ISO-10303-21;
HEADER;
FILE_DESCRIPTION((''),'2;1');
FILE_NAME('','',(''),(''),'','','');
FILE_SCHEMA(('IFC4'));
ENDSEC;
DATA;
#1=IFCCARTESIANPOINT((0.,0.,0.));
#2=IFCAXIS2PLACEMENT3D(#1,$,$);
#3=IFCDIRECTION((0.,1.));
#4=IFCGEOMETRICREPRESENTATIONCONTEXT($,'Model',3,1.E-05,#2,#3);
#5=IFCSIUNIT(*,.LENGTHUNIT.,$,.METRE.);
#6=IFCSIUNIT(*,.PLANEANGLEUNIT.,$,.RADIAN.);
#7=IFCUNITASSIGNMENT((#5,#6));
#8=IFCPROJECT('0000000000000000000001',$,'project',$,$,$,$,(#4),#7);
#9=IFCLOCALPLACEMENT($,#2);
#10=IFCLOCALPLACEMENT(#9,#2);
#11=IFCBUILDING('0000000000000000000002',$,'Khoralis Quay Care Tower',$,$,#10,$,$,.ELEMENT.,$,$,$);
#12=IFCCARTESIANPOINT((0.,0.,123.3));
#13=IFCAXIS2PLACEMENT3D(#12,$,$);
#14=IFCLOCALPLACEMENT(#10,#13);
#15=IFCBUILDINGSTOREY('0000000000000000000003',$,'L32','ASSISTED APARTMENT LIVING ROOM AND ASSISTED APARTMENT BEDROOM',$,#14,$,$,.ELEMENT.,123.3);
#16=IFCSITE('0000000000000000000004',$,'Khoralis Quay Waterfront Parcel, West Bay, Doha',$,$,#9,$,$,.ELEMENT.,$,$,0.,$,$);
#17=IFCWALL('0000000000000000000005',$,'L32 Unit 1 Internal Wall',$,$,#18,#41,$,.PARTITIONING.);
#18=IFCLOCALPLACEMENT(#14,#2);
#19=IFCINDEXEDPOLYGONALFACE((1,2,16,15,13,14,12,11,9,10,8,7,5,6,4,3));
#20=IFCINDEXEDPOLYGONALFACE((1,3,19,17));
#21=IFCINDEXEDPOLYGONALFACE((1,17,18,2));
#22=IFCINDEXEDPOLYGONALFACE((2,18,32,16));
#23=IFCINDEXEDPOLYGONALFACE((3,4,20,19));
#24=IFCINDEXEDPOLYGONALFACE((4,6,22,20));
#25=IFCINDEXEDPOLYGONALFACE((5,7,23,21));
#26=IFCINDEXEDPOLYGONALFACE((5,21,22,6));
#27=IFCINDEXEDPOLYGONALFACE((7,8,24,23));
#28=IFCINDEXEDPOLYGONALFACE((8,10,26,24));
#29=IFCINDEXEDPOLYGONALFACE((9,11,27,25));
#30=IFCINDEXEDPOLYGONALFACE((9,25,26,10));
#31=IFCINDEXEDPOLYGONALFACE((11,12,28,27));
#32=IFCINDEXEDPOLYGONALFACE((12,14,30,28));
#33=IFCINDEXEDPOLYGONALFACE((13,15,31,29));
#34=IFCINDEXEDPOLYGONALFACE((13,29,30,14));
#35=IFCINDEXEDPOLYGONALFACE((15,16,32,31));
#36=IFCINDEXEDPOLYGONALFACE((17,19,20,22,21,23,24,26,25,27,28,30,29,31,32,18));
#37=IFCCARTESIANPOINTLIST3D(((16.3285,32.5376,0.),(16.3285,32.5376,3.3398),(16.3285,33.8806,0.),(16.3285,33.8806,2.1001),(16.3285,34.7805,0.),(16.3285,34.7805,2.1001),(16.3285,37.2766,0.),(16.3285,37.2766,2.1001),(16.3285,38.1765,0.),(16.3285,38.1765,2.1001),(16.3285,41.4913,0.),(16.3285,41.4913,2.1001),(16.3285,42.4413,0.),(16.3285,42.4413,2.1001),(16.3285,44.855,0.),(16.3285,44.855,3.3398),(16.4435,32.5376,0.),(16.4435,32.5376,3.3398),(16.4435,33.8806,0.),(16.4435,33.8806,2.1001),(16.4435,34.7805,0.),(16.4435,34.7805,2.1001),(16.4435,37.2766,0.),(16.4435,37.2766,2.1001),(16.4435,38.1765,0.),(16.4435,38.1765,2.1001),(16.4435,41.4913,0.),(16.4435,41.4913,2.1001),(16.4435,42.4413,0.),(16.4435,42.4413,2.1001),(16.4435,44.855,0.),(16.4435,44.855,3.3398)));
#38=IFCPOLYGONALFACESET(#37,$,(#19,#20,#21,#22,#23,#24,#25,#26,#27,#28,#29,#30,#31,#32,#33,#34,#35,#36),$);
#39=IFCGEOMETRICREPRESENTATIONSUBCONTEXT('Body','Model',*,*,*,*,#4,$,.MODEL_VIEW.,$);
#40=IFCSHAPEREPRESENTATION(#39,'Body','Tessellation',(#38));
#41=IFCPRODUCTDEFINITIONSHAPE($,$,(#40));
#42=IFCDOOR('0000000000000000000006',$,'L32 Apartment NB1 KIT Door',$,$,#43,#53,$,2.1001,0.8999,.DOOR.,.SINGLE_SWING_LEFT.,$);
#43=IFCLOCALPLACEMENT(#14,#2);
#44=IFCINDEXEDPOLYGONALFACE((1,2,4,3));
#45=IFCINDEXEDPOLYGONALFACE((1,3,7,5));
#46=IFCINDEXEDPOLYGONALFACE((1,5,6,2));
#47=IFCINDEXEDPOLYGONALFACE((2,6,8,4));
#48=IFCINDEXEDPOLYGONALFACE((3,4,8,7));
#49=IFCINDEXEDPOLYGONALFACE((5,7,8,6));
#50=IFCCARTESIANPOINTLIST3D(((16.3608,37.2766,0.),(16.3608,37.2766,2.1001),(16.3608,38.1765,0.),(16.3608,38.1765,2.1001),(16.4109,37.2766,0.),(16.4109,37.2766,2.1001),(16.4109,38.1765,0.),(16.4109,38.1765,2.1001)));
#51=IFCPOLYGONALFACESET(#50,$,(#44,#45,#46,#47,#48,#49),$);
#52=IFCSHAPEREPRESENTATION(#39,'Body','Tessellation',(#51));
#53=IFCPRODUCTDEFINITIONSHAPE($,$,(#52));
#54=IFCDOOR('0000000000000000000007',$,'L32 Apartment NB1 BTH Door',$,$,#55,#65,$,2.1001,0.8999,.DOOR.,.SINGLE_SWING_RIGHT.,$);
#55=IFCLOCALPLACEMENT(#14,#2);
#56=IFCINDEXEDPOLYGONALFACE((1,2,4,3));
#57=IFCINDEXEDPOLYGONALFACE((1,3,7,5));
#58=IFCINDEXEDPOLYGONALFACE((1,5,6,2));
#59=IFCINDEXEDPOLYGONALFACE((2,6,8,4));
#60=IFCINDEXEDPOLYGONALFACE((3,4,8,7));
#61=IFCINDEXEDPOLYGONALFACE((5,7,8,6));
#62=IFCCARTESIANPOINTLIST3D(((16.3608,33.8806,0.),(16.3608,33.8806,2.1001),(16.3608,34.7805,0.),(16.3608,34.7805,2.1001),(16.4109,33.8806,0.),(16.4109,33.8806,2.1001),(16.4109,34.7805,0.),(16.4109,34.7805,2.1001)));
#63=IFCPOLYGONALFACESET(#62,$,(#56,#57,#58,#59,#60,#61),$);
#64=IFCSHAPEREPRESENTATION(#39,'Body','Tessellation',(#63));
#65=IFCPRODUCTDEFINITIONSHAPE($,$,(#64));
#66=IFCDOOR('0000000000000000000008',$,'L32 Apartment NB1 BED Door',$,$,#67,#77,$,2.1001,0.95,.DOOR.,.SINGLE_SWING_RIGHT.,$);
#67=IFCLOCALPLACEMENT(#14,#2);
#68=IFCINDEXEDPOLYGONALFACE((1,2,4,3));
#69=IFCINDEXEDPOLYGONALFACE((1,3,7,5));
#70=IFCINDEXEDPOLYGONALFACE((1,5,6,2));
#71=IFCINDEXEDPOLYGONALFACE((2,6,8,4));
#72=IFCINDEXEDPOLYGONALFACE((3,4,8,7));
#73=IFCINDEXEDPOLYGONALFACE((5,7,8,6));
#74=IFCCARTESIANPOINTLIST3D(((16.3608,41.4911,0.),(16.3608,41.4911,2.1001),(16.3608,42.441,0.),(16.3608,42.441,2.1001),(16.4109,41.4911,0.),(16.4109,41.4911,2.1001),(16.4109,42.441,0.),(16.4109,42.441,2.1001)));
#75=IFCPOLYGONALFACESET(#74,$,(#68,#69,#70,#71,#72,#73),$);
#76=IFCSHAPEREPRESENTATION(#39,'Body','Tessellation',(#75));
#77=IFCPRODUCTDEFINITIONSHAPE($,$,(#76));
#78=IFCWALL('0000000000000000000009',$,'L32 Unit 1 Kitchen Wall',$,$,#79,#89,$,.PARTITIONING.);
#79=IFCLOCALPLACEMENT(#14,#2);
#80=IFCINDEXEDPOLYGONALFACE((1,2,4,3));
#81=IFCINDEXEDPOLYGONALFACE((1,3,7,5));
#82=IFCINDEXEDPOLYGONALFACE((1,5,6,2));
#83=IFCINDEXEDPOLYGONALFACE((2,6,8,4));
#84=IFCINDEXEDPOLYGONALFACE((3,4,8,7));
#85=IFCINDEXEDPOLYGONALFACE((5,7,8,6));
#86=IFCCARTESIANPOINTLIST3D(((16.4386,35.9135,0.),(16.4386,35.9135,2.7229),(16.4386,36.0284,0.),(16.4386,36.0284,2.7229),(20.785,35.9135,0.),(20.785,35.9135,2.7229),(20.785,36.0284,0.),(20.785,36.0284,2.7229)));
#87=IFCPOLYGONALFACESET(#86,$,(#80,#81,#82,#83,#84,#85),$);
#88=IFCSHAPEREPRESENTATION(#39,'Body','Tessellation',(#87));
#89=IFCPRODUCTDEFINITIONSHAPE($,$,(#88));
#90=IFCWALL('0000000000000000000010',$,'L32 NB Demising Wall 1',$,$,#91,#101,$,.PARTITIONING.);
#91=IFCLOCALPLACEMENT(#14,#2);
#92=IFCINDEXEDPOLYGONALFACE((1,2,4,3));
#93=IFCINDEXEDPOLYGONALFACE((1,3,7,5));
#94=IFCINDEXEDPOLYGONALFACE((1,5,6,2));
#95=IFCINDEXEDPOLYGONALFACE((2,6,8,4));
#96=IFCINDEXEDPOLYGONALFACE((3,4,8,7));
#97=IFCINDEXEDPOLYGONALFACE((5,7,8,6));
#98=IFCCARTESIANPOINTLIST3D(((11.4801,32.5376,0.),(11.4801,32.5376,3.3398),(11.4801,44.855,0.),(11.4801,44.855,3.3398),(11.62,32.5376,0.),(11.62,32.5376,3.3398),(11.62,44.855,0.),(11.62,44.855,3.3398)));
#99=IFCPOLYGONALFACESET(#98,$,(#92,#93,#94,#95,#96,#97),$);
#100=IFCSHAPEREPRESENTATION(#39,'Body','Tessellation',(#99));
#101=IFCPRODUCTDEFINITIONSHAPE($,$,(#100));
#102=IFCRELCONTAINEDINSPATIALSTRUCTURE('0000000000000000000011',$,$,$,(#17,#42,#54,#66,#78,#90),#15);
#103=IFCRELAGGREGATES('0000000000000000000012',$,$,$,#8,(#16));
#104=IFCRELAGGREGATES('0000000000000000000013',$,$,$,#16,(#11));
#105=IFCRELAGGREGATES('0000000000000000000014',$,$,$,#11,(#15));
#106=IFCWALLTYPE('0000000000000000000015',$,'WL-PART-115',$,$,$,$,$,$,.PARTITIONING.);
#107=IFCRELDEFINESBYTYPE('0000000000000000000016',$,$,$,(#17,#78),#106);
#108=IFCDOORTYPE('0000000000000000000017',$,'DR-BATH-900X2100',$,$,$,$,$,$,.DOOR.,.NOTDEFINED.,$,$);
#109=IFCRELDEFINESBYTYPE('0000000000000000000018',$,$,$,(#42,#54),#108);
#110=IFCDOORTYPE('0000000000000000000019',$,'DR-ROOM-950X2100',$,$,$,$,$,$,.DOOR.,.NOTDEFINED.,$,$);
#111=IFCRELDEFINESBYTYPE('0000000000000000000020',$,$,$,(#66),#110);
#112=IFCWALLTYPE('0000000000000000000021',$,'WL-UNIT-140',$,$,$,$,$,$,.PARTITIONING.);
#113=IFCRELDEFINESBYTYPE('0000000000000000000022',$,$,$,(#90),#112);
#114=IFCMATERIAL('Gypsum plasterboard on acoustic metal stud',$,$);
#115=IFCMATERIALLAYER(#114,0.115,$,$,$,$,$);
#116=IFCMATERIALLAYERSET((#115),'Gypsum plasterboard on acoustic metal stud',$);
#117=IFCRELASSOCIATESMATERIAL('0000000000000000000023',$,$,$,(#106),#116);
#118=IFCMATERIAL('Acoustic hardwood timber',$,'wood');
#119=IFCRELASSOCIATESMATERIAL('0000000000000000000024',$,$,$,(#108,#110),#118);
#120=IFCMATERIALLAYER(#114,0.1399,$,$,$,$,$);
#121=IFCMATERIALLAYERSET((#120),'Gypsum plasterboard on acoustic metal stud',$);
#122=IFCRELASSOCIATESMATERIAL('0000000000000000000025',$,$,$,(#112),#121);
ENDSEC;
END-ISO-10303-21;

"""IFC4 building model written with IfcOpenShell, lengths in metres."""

from ifc_helpers import new_model, si_unit, direction, frame, frame_2d, origin, place, context, subcontext, project, spatial, rectangle, extrude, source, transform, mapped, material, layer, layer_set, type_object, element, fill, save


model = new_model("IFC4")

# Units and contexts
model_context = context("Model", 3, precision=1e-05, world=origin(), true_north=direction((0.0, 1.0)))
body_context = subcontext(model_context, "Body", "Model", "MODEL_VIEW")
ifc_project = project(units=[si_unit("LENGTHUNIT", "METRE"), si_unit("PLANEANGLEUNIT", "RADIAN")], contexts=[model_context])

# Site, building, storey
site_placement = place(None, origin())
site = spatial("IfcSite", under=ifc_project, at=site_placement, Name="Khoralis Quay Waterfront Parcel, West Bay, Doha", CompositionType="ELEMENT", RefElevation=0.0)
building_placement = place(site_placement, origin())
building = spatial("IfcBuilding", under=site, at=building_placement, Name="Khoralis Quay Care Tower", CompositionType="ELEMENT")
storey_placement = place(building_placement, frame((0.0, 0.0, 123.3)))
storey = spatial("IfcBuildingStorey", under=building, at=storey_placement, Name="L32", Description="ASSISTED APARTMENT LIVING ROOM AND ASSISTED APARTMENT BEDROOM", CompositionType="ELEMENT", Elevation=123.3)

# Shared definitions
ifc_material_1 = material(Name="Gypsum plasterboard on acoustic metal stud")

# Shared definitions
ifc_material_2 = material(Name="Acoustic hardwood timber", Category="wood")

# Shared definitions
ifc_layer_1 = layer(ifc_material_1, 0.115)
ifc_layer_set_1 = layer_set([ifc_layer_1], Name="Gypsum plasterboard on acoustic metal stud")
wall_type_1 = type_object("IfcWallType", Name="WL-PART-115", PredefinedType="PARTITIONING", material=ifc_layer_set_1)

# Wall, openings, doors
wall_1_placement = place(storey_placement, frame((16.386, 32.5376, 0.0), z_axis=(0.0, 0.0, 1.0), x_axis=(0.0, 1.0, 0.0)))
wall_1 = element("IfcWall", 1, at=wall_1_placement, inside=storey, type_object=wall_type_1, Name="L32 Unit 1 Internal Wall", PredefinedType="PARTITIONING", context=body_context, shape_type="SweptSolid", body=[
    extrude(rectangle(XDim=12.3174, YDim=0.115, at=frame_2d((6.1587, 0.0))), origin(), (0.0, 0.0, 1.0), 3.3398),
])
opening_1_placement = place(wall_1_placement, frame((8.9536, 0.0, 0.0)))
opening_1 = element("IfcOpeningElement", 2, at=opening_1_placement, cuts=wall_1, PredefinedType="OPENING", context=body_context, shape_type="SweptSolid", body=[
    extrude(rectangle(XDim=0.95, YDim=2.1001, at=frame_2d((0.4751, 1.05))), frame((0.0, 0.0674, 0.0), z_axis=(0.0, -1.0, 0.0), x_axis=(1.0, 0.0, 0.0)), (0.0, 0.0, 1.0), 0.135),
])
opening_2_placement = place(wall_1_placement, frame((4.739, 0.0, 0.0)))
opening_2 = element("IfcOpeningElement", 3, at=opening_2_placement, cuts=wall_1, PredefinedType="OPENING", context=body_context, shape_type="SweptSolid", body=[
    extrude(rectangle(XDim=0.8999, YDim=2.1001, at=frame_2d((0.45, 1.05))), frame((0.0, 0.0674, 0.0), z_axis=(0.0, -1.0, 0.0), x_axis=(1.0, 0.0, 0.0)), (0.0, 0.0, 1.0), 0.135),
])
opening_3_placement = place(wall_1_placement, frame((1.343, 0.0, 0.0)))
opening_3 = element("IfcOpeningElement", 4, at=opening_3_placement, cuts=wall_1, PredefinedType="OPENING", context=body_context, shape_type="SweptSolid", body=[
    extrude(rectangle(XDim=0.8999, YDim=2.1001, at=frame_2d((0.45, 1.05))), frame((0.0, 0.0674, 0.0), z_axis=(0.0, -1.0, 0.0), x_axis=(1.0, 0.0, 0.0)), (0.0, 0.0, 1.0), 0.135),
])
door_type_1 = type_object("IfcDoorType", Name="DR-BATH-900X2100", OperationType="NOTDEFINED", PredefinedType="DOOR", material=ifc_material_2)
shared_shape_1 = source(origin(), body_context, "Body", "SweptSolid", [
    extrude(rectangle(XDim=0.8999, YDim=2.1001, at=frame_2d((0.45, 1.05))), frame((0.0, 0.0249, 0.0), z_axis=(0.0, -1.0, 0.0), x_axis=(1.0, 0.0, 0.0)), (0.0, 0.0, 1.0), 0.05),
])
door_1_placement = place(opening_2_placement, frame((0.8999, 0.0, 0.0), z_axis=(0.0, 0.0, 1.0), x_axis=(-1.0, 0.0, 0.0)))
door_1 = element("IfcDoor", 5, at=door_1_placement, inside=storey, type_object=door_type_1, Name="L32 Apartment NB1 KIT Door", OperationType="SINGLE_SWING_LEFT", OverallHeight=2.1001, OverallWidth=0.8999, PredefinedType="DOOR", context=body_context, shape_type="MappedRepresentation", body=[
    mapped(shared_shape_1, transform((0.0, 0.0, 0.0), scale=1.0)),
])
fill(opening_2, door_1)
door_2_placement = place(opening_3_placement, frame((0.8999, 0.0, 0.0), z_axis=(0.0, 0.0, 1.0), x_axis=(-1.0, 0.0, 0.0)))
door_2 = element("IfcDoor", 6, at=door_2_placement, inside=storey, type_object=door_type_1, Name="L32 Apartment NB1 BTH Door", OperationType="SINGLE_SWING_RIGHT", OverallHeight=2.1001, OverallWidth=0.8999, PredefinedType="DOOR", context=body_context, shape_type="MappedRepresentation", body=[
    mapped(shared_shape_1, transform((0.0, 0.0, 0.0), scale=1.0)),
])
fill(opening_3, door_2)
door_type_2 = type_object("IfcDoorType", Name="DR-ROOM-950X2100", OperationType="NOTDEFINED", PredefinedType="DOOR", material=ifc_material_2)
shared_shape_2 = source(origin(), body_context, "Body", "SweptSolid", [
    extrude(rectangle(XDim=0.95, YDim=2.1001, at=frame_2d((0.4751, 1.05))), frame((0.0, 0.0249, 0.0), z_axis=(0.0, -1.0, 0.0), x_axis=(1.0, 0.0, 0.0)), (0.0, 0.0, 1.0), 0.05),
])
door_3_placement = place(opening_1_placement, frame((0.95, 0.0, 0.0), z_axis=(0.0, 0.0, 1.0), x_axis=(-1.0, 0.0, 0.0)))
door_3 = element("IfcDoor", 7, at=door_3_placement, inside=storey, type_object=door_type_2, Name="L32 Apartment NB1 BED Door", OperationType="SINGLE_SWING_RIGHT", OverallHeight=2.1001, OverallWidth=0.95, PredefinedType="DOOR", context=body_context, shape_type="MappedRepresentation", body=[
    mapped(shared_shape_2, transform((0.0, 0.0, 0.0), scale=1.0)),
])
fill(opening_1, door_3)

# Walls
wall_2_placement = place(storey_placement, frame((16.4385, 35.9709, 0.0), z_axis=(0.0, 0.0, 1.0), x_axis=(1.0, 0.0, 0.0)))
element("IfcWall", 8, at=wall_2_placement, inside=storey, type_object=wall_type_1, Name="L32 Unit 1 Kitchen Wall", PredefinedType="PARTITIONING", context=body_context, shape_type="SweptSolid", body=[
    extrude(rectangle(XDim=4.3464, YDim=0.115, at=frame_2d((2.1733, 0.0))), origin(), (0.0, 0.0, 1.0), 2.7229),
])
ifc_layer_2 = layer(ifc_material_1, 0.1399)
ifc_layer_set_2 = layer_set([ifc_layer_2], Name="Gypsum plasterboard on acoustic metal stud")
wall_type_2 = type_object("IfcWallType", Name="WL-UNIT-140", PredefinedType="PARTITIONING", material=ifc_layer_set_2)
wall_3_placement = place(storey_placement, frame((11.55, 32.5376, 0.0), z_axis=(0.0, 0.0, 1.0), x_axis=(0.0, 1.0, 0.0)))
element("IfcWall", 9, at=wall_3_placement, inside=storey, type_object=wall_type_2, Name="L32 NB Demising Wall 1", PredefinedType="PARTITIONING", context=body_context, shape_type="SweptSolid", body=[
    extrude(rectangle(XDim=12.3174, YDim=0.1399, at=frame_2d((6.1587, 0.0))), origin(), (0.0, 0.0, 1.0), 3.3398),
])

save(model, "model.ifc")
